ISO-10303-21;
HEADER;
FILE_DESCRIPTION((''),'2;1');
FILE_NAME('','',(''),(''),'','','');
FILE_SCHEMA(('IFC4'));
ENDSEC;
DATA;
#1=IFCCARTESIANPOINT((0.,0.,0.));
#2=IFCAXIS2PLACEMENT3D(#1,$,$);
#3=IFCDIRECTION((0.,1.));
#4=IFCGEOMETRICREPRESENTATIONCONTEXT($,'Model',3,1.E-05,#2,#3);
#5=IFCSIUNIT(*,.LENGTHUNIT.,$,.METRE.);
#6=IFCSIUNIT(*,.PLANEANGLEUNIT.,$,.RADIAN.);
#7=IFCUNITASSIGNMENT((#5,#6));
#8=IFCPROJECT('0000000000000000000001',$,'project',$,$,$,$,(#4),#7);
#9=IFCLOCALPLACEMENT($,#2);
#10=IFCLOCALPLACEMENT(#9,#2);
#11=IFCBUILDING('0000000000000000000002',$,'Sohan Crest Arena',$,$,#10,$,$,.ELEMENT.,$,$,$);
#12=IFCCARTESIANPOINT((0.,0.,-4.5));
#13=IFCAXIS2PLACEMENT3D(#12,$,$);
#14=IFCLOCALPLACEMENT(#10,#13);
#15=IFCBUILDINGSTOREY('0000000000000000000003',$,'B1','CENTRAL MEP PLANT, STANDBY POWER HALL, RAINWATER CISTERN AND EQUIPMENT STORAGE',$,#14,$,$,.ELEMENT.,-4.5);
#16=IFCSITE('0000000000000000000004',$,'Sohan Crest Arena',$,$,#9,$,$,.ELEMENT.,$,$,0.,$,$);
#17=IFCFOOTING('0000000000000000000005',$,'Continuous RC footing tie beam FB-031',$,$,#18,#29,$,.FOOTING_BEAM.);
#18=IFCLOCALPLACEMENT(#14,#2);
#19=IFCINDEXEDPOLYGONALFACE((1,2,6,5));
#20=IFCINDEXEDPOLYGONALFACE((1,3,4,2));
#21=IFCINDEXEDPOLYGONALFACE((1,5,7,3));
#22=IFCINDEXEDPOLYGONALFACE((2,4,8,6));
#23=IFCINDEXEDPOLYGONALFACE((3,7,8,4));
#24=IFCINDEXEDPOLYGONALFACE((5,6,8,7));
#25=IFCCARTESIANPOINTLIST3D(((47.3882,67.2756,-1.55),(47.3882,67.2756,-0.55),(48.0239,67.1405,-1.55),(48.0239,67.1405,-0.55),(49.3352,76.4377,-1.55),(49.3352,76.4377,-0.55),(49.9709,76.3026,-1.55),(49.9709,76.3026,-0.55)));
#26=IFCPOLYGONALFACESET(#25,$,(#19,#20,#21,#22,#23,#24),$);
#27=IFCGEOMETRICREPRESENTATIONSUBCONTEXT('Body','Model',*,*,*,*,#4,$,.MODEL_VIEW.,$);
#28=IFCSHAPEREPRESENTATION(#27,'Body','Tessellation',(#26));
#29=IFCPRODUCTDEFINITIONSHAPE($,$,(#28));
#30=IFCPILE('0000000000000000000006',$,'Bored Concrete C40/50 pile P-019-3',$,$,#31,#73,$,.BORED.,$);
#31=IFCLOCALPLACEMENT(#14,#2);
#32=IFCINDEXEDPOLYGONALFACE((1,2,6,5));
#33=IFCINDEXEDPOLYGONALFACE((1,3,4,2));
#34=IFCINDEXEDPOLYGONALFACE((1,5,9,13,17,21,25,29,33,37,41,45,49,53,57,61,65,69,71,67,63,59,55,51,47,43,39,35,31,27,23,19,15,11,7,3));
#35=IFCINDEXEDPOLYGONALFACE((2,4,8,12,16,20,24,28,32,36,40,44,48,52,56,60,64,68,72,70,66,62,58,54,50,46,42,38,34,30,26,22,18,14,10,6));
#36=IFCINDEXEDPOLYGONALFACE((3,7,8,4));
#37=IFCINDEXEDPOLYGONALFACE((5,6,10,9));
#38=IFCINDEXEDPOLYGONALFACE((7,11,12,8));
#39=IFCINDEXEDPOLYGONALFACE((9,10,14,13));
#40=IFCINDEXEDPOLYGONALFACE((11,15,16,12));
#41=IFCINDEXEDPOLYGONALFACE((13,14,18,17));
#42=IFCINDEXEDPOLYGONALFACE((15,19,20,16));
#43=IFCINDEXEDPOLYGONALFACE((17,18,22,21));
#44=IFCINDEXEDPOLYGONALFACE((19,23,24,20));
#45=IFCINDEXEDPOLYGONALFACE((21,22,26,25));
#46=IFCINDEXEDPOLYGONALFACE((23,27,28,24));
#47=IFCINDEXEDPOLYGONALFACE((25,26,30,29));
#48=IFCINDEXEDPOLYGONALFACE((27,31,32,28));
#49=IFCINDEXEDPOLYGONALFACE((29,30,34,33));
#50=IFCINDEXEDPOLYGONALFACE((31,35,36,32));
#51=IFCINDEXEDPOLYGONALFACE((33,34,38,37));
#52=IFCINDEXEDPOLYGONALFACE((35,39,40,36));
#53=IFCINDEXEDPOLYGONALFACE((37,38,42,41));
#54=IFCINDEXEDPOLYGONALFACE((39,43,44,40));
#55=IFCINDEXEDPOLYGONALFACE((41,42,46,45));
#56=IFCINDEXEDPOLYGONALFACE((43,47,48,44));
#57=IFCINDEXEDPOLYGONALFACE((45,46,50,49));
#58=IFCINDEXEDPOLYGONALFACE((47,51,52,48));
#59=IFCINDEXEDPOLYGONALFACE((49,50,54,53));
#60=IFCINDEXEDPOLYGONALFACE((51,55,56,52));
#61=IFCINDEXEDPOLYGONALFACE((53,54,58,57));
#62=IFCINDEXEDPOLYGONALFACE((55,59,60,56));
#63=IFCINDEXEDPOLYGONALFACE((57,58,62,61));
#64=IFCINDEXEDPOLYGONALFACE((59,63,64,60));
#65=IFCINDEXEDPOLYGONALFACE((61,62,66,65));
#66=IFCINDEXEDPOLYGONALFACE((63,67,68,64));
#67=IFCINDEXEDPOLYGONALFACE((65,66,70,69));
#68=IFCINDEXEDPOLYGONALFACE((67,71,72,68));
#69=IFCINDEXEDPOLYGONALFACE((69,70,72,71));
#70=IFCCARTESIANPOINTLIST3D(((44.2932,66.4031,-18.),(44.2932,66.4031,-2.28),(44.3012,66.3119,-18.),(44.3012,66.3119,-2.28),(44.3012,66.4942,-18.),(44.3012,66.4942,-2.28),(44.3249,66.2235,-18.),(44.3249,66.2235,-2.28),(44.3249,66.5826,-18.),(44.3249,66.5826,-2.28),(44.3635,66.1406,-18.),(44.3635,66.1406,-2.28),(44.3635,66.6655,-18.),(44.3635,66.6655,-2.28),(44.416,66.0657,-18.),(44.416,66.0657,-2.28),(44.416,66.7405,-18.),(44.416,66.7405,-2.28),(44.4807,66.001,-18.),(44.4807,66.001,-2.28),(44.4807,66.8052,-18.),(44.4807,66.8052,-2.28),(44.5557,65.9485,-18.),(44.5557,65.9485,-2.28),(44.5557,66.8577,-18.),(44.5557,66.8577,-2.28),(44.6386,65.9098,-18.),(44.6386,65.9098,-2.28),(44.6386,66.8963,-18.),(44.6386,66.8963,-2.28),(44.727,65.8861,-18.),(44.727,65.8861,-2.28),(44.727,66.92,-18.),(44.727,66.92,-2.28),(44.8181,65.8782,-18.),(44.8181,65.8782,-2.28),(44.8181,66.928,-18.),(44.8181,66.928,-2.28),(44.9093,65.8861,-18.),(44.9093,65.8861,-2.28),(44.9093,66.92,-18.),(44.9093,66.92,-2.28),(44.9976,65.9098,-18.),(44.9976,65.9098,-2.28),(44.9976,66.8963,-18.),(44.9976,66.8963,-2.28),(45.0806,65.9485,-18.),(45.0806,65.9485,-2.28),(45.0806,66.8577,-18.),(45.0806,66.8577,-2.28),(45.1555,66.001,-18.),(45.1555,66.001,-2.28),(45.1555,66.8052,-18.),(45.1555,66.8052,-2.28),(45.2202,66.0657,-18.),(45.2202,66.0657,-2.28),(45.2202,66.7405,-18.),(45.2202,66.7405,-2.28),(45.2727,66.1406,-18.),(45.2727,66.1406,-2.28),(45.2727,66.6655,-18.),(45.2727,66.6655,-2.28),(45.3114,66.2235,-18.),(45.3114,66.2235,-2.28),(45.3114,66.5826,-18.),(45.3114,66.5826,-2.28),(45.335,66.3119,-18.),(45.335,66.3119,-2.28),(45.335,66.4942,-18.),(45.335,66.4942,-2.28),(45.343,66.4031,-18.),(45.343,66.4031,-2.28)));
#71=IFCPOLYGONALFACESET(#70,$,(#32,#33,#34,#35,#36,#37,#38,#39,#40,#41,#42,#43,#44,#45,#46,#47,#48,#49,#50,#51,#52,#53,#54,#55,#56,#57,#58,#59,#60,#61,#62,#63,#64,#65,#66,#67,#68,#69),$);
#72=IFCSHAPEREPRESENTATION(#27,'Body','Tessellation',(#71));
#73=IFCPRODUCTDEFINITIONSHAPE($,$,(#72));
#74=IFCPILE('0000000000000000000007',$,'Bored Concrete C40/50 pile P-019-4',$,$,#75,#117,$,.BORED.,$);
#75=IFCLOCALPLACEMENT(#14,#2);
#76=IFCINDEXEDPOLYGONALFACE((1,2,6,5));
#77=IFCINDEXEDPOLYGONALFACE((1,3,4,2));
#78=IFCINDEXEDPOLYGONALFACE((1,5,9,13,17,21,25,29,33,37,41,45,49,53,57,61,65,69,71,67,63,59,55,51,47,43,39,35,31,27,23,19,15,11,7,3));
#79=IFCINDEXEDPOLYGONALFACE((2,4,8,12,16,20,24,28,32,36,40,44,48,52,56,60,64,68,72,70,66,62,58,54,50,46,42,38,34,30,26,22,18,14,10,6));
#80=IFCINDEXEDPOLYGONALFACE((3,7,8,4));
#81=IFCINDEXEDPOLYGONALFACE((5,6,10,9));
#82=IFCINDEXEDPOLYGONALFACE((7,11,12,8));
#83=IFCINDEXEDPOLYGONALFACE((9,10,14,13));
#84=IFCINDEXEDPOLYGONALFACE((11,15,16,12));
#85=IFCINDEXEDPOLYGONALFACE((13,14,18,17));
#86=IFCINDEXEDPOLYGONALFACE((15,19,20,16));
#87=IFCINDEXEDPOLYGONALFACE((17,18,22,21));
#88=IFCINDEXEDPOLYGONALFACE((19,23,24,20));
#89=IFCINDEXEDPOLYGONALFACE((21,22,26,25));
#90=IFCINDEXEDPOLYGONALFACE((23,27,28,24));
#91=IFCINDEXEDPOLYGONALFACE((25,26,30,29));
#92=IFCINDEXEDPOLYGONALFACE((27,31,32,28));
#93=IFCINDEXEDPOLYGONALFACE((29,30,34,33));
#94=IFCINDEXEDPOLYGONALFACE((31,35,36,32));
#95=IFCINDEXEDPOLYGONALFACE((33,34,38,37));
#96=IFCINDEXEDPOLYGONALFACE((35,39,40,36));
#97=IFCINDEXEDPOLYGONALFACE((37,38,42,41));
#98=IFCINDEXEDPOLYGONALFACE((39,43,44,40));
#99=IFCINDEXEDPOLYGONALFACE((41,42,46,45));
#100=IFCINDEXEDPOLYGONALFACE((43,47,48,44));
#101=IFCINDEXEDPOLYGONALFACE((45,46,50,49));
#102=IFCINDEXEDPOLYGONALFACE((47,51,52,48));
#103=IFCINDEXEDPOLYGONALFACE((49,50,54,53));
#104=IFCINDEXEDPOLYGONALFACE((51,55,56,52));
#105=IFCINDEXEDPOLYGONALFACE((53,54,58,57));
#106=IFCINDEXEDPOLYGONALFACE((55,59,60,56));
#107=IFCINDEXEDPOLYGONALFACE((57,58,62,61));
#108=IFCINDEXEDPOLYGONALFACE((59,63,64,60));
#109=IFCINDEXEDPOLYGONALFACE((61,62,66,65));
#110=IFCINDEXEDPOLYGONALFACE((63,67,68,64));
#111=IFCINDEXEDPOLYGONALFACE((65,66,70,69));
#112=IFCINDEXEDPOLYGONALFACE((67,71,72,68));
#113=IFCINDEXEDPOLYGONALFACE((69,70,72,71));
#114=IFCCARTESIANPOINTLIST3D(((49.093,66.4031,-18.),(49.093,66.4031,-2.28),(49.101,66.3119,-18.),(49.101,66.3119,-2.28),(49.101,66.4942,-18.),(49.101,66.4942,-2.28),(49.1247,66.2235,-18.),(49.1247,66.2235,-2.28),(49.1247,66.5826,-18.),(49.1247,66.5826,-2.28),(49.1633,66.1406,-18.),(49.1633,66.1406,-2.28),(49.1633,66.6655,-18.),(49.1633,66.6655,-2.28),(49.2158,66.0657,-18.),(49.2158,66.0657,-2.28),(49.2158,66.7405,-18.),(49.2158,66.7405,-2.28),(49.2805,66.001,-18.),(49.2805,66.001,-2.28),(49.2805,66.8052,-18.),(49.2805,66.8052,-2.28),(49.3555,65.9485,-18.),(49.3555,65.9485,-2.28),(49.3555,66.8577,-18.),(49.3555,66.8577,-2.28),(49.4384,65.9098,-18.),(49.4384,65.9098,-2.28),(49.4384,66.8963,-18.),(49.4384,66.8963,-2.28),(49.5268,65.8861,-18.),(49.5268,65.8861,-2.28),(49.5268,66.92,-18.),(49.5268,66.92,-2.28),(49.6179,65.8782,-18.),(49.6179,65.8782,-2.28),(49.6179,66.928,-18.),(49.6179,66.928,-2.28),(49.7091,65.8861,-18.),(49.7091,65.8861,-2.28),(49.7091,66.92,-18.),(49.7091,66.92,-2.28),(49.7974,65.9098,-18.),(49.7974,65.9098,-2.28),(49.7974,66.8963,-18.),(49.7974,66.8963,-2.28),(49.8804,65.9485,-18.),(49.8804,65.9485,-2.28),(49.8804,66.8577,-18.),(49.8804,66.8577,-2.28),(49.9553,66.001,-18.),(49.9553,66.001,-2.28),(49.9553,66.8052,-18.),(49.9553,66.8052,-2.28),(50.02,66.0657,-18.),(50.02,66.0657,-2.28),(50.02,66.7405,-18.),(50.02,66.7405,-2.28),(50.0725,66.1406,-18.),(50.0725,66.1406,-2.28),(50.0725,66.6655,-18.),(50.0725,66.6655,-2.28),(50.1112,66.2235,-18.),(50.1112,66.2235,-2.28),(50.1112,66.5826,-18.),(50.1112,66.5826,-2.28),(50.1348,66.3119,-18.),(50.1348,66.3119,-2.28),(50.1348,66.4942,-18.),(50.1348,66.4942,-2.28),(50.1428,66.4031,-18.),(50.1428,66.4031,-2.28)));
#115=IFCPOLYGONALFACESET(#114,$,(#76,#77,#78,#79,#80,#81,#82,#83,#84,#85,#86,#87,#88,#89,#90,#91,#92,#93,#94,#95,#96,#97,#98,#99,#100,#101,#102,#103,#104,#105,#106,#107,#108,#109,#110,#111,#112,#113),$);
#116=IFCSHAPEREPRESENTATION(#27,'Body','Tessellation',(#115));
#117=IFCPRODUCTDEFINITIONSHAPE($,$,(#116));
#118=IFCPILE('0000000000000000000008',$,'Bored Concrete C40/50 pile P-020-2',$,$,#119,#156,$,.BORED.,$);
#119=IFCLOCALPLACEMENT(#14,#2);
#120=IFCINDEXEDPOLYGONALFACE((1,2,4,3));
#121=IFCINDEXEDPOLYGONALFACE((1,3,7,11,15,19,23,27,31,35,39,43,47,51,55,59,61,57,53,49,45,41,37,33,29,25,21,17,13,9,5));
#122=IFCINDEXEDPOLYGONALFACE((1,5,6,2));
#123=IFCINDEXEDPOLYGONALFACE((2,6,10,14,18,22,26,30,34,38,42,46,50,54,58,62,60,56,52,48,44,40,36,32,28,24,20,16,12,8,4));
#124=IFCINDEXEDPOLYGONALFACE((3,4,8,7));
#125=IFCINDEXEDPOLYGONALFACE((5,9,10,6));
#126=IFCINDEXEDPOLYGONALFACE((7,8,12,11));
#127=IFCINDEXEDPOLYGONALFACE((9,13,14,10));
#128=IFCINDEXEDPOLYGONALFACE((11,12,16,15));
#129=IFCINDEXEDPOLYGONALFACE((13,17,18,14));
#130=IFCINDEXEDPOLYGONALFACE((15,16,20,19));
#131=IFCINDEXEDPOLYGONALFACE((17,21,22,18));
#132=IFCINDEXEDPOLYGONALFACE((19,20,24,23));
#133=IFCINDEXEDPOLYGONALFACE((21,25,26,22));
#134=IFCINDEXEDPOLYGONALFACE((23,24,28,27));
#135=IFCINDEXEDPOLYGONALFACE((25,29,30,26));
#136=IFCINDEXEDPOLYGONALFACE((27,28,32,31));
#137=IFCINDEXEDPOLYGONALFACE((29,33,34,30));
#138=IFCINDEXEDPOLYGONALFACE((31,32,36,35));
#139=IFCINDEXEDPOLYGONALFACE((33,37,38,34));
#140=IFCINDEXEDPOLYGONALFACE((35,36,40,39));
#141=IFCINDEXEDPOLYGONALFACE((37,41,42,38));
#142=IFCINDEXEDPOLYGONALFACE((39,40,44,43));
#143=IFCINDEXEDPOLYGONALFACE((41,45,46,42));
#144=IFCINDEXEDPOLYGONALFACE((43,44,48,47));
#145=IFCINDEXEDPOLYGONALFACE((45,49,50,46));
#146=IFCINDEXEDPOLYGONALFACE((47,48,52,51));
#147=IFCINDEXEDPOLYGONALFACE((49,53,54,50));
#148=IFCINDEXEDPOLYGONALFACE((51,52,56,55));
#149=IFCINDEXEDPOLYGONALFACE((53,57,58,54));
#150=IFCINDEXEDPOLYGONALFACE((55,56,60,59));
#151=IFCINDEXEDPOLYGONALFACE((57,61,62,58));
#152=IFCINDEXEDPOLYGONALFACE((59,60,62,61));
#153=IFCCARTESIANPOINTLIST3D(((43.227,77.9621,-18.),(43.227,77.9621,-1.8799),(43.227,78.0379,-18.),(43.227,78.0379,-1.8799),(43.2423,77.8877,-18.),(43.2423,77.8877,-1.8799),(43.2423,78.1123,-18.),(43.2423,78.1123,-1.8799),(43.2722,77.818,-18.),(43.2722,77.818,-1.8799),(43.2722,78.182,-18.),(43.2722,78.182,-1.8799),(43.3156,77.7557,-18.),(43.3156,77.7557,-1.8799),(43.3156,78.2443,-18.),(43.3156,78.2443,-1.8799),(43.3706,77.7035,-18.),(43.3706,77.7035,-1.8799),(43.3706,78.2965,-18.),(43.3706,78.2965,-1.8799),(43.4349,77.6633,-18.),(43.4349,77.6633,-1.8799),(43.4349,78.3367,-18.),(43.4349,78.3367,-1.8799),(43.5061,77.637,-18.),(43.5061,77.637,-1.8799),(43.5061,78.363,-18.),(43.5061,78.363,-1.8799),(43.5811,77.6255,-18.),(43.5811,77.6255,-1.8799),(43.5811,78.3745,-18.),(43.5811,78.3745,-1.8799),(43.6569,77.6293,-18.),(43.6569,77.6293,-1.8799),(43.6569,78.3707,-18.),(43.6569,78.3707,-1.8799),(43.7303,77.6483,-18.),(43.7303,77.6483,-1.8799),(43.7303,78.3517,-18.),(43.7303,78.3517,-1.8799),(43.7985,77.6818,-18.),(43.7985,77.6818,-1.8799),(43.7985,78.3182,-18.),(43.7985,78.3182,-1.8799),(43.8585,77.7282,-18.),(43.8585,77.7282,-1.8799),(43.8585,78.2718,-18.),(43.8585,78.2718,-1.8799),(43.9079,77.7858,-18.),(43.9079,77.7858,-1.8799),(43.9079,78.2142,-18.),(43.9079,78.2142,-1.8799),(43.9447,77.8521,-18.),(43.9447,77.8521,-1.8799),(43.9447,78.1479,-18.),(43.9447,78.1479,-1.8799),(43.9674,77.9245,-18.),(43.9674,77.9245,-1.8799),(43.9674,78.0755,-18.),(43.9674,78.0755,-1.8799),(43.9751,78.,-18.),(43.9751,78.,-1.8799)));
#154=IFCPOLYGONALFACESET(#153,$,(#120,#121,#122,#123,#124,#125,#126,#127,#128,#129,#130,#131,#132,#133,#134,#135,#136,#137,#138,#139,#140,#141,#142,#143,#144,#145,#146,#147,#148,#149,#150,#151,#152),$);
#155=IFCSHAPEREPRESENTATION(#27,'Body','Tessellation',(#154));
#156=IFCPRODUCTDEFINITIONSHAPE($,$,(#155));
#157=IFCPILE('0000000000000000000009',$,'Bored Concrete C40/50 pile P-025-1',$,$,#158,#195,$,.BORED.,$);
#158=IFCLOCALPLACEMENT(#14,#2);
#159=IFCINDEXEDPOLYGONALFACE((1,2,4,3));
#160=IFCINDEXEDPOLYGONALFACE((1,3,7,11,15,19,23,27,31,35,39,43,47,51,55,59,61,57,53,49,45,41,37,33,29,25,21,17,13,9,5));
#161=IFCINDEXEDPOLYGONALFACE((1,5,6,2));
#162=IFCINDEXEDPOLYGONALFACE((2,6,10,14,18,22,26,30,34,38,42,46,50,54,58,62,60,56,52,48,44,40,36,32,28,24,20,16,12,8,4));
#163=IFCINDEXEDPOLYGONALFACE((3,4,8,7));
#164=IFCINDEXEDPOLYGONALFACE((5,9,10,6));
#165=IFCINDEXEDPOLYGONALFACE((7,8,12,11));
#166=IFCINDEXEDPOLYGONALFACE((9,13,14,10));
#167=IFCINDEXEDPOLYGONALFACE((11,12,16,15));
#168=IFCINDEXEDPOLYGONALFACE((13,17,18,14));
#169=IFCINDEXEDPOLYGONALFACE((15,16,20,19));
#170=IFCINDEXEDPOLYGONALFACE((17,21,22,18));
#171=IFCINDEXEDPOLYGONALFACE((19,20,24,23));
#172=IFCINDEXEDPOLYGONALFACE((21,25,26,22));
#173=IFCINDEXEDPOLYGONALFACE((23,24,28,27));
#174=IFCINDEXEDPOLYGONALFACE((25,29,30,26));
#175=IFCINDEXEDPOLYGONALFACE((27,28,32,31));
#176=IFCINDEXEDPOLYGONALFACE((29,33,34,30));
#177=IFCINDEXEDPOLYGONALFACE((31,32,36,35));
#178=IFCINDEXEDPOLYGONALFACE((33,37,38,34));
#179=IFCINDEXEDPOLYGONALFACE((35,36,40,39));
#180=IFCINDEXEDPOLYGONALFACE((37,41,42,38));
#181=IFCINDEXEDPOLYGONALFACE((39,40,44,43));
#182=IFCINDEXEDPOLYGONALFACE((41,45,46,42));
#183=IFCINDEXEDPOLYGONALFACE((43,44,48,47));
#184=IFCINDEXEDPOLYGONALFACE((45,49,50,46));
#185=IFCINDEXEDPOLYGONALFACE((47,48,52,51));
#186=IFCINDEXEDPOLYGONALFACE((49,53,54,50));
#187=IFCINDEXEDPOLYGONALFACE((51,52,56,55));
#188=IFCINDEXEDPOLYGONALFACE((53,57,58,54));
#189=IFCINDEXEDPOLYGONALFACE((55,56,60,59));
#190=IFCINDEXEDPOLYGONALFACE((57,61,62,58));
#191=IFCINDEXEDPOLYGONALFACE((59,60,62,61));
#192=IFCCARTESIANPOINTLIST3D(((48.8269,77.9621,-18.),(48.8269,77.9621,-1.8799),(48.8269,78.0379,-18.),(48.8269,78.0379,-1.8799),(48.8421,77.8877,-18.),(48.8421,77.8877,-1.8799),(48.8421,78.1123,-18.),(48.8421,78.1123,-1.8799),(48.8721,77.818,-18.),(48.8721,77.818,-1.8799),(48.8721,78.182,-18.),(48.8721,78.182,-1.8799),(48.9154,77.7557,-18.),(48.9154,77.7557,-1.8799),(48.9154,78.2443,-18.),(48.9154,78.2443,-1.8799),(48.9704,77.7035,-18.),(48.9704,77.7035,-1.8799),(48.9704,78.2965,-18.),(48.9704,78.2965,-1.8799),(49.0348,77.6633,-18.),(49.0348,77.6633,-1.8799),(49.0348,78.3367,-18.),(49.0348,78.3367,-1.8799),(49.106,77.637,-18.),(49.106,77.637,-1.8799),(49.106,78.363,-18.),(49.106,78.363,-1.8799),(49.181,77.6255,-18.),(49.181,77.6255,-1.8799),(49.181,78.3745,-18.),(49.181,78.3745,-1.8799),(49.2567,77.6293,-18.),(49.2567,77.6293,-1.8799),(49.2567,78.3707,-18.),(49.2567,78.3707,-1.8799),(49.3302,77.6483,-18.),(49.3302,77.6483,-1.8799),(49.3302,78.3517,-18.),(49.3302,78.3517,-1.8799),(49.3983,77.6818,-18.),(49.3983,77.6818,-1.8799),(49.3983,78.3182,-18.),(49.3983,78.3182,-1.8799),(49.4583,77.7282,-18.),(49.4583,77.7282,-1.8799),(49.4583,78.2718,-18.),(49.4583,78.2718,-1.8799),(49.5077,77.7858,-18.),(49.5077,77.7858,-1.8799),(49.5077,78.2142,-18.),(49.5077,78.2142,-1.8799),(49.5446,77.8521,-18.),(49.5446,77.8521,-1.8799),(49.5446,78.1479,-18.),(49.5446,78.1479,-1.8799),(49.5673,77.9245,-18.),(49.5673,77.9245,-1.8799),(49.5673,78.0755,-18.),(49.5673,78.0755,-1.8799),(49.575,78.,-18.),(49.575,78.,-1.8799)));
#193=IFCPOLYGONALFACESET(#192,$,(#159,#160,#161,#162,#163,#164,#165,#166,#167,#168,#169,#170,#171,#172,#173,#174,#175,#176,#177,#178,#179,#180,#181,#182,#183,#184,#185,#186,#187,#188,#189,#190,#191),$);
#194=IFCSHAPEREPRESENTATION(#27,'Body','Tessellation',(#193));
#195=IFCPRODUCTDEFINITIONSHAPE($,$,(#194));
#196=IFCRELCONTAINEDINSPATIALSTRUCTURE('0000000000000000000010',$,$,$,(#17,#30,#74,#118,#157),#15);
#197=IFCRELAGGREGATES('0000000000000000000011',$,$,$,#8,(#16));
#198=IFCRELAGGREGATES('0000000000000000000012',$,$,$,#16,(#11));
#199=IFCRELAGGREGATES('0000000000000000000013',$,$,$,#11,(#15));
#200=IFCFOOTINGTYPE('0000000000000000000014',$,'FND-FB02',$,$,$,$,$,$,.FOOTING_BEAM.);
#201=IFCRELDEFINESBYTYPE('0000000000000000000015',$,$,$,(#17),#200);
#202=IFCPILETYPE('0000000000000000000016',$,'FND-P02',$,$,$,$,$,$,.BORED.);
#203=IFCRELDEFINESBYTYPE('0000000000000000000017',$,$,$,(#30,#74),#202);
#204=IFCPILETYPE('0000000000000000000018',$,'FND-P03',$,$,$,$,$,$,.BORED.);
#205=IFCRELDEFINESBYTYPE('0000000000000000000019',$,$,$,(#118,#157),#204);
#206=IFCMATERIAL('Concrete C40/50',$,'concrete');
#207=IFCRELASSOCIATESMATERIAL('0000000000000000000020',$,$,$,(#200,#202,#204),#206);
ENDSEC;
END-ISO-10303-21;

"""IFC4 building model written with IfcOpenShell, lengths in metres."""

from ifc_helpers import new_model, si_unit, direction, frame, origin, origin_2d, place, context, subcontext, project, spatial, rectangle, circle, extrude, material, material_profile, profile_set, type_object, element, save


model = new_model("IFC4")

# Units and contexts
model_context = context("Model", 3, precision=1e-05, world=origin(), true_north=direction((0.0, 1.0)))
body_context = subcontext(model_context, "Body", "Model", "MODEL_VIEW")
ifc_project = project(units=[si_unit("LENGTHUNIT", "METRE"), si_unit("PLANEANGLEUNIT", "RADIAN")], contexts=[model_context])

# Site, building, storey
site_placement = place(None, origin())
site = spatial("IfcSite", under=ifc_project, at=site_placement, Name="Sohan Crest Arena", CompositionType="ELEMENT", RefElevation=0.0)
building_placement = place(site_placement, origin())
building = spatial("IfcBuilding", under=site, at=building_placement, Name="Sohan Crest Arena", CompositionType="ELEMENT")
storey_placement = place(building_placement, frame((0.0, 0.0, -4.5)))
storey = spatial("IfcBuildingStorey", under=building, at=storey_placement, Name="B1", Description="CENTRAL MEP PLANT, STANDBY POWER HALL, RAINWATER CISTERN AND EQUIPMENT STORAGE", CompositionType="ELEMENT", Elevation=-4.5)

# Footing
ifc_material_1 = material(Name="Concrete C40/50", Category="concrete")
ifc_material_profile_1 = material_profile(ifc_material_1, rectangle(XDim=0.6499, YDim=1.0, at=origin_2d()), Name="RC-FB 650x1000")
ifc_profile_set_1 = profile_set([ifc_material_profile_1], Name="Concrete C40/50")
footing_type_1 = type_object("IfcFootingType", Name="FND-FB02", PredefinedType="FOOTING_BEAM", material=ifc_profile_set_1)
footing_1_placement = place(storey_placement, frame((47.7061, 67.208, -1.05), z_axis=(0.207866, 0.978157, 0.0), x_axis=(-0.978157, 0.207866, 0.0)))
element("IfcFooting", 1, at=footing_1_placement, inside=storey, type_object=footing_type_1, Name="Continuous RC footing tie beam FB-031", PredefinedType="FOOTING_BEAM", context=body_context, shape_type="SweptSolid", body=[
    extrude(rectangle(XDim=0.6499, YDim=1.0, at=origin_2d()), origin(), (0.0, 0.0, 1.0), 9.3667),
])

# Piles
ifc_material_profile_2 = material_profile(ifc_material_1, circle(Radius=0.5249, at=origin_2d()), Name="PILE D1050")
ifc_profile_set_2 = profile_set([ifc_material_profile_2], Name="Concrete C40/50")
pile_type_1 = type_object("IfcPileType", Name="FND-P02", PredefinedType="BORED", material=ifc_profile_set_2)
for number, where, z_axis, x_axis, name in (
    (2, (44.8181, 66.4031, -18.0), (0.0, 0.0, 1.0), (1.0, 0.0, 0.0), "Bored Concrete C40/50 pile P-019-3"),
    (3, (49.6179, 66.4031, -18.0), (0.0, 0.0, 1.0), (1.0, 0.0, 0.0), "Bored Concrete C40/50 pile P-019-4"),
):
    element("IfcPile", number, at=place(storey_placement, frame(where, z_axis=z_axis, x_axis=x_axis)), inside=storey, type_object=pile_type_1, Name=name, PredefinedType="BORED", context=body_context, shape_type="SweptSolid", body=[
        extrude(circle(Radius=0.5249, at=origin_2d()), origin(), (0.0, 0.0, 1.0), 15.72),
    ])
ifc_material_profile_3 = material_profile(ifc_material_1, circle(Radius=0.375, at=origin_2d()), Name="PILE D750")
ifc_profile_set_3 = profile_set([ifc_material_profile_3], Name="Concrete C40/50")
pile_type_2 = type_object("IfcPileType", Name="FND-P03", PredefinedType="BORED", material=ifc_profile_set_3)
for number, where, z_axis, x_axis, name in (
    (4, (43.6001, 78.0, -18.0), (0.0, 0.0, 1.0), (1.0, 0.0, 0.0), "Bored Concrete C40/50 pile P-020-2"),
    (5, (49.2, 78.0, -18.0), (0.0, 0.0, 1.0), (1.0, 0.0, 0.0), "Bored Concrete C40/50 pile P-025-1"),
):
    element("IfcPile", number, at=place(storey_placement, frame(where, z_axis=z_axis, x_axis=x_axis)), inside=storey, type_object=pile_type_2, Name=name, PredefinedType="BORED", context=body_context, shape_type="SweptSolid", body=[
        extrude(circle(Radius=0.375, at=origin_2d()), origin(), (0.0, 0.0, 1.0), 16.1201),
    ])

save(model, "model.ifc")
